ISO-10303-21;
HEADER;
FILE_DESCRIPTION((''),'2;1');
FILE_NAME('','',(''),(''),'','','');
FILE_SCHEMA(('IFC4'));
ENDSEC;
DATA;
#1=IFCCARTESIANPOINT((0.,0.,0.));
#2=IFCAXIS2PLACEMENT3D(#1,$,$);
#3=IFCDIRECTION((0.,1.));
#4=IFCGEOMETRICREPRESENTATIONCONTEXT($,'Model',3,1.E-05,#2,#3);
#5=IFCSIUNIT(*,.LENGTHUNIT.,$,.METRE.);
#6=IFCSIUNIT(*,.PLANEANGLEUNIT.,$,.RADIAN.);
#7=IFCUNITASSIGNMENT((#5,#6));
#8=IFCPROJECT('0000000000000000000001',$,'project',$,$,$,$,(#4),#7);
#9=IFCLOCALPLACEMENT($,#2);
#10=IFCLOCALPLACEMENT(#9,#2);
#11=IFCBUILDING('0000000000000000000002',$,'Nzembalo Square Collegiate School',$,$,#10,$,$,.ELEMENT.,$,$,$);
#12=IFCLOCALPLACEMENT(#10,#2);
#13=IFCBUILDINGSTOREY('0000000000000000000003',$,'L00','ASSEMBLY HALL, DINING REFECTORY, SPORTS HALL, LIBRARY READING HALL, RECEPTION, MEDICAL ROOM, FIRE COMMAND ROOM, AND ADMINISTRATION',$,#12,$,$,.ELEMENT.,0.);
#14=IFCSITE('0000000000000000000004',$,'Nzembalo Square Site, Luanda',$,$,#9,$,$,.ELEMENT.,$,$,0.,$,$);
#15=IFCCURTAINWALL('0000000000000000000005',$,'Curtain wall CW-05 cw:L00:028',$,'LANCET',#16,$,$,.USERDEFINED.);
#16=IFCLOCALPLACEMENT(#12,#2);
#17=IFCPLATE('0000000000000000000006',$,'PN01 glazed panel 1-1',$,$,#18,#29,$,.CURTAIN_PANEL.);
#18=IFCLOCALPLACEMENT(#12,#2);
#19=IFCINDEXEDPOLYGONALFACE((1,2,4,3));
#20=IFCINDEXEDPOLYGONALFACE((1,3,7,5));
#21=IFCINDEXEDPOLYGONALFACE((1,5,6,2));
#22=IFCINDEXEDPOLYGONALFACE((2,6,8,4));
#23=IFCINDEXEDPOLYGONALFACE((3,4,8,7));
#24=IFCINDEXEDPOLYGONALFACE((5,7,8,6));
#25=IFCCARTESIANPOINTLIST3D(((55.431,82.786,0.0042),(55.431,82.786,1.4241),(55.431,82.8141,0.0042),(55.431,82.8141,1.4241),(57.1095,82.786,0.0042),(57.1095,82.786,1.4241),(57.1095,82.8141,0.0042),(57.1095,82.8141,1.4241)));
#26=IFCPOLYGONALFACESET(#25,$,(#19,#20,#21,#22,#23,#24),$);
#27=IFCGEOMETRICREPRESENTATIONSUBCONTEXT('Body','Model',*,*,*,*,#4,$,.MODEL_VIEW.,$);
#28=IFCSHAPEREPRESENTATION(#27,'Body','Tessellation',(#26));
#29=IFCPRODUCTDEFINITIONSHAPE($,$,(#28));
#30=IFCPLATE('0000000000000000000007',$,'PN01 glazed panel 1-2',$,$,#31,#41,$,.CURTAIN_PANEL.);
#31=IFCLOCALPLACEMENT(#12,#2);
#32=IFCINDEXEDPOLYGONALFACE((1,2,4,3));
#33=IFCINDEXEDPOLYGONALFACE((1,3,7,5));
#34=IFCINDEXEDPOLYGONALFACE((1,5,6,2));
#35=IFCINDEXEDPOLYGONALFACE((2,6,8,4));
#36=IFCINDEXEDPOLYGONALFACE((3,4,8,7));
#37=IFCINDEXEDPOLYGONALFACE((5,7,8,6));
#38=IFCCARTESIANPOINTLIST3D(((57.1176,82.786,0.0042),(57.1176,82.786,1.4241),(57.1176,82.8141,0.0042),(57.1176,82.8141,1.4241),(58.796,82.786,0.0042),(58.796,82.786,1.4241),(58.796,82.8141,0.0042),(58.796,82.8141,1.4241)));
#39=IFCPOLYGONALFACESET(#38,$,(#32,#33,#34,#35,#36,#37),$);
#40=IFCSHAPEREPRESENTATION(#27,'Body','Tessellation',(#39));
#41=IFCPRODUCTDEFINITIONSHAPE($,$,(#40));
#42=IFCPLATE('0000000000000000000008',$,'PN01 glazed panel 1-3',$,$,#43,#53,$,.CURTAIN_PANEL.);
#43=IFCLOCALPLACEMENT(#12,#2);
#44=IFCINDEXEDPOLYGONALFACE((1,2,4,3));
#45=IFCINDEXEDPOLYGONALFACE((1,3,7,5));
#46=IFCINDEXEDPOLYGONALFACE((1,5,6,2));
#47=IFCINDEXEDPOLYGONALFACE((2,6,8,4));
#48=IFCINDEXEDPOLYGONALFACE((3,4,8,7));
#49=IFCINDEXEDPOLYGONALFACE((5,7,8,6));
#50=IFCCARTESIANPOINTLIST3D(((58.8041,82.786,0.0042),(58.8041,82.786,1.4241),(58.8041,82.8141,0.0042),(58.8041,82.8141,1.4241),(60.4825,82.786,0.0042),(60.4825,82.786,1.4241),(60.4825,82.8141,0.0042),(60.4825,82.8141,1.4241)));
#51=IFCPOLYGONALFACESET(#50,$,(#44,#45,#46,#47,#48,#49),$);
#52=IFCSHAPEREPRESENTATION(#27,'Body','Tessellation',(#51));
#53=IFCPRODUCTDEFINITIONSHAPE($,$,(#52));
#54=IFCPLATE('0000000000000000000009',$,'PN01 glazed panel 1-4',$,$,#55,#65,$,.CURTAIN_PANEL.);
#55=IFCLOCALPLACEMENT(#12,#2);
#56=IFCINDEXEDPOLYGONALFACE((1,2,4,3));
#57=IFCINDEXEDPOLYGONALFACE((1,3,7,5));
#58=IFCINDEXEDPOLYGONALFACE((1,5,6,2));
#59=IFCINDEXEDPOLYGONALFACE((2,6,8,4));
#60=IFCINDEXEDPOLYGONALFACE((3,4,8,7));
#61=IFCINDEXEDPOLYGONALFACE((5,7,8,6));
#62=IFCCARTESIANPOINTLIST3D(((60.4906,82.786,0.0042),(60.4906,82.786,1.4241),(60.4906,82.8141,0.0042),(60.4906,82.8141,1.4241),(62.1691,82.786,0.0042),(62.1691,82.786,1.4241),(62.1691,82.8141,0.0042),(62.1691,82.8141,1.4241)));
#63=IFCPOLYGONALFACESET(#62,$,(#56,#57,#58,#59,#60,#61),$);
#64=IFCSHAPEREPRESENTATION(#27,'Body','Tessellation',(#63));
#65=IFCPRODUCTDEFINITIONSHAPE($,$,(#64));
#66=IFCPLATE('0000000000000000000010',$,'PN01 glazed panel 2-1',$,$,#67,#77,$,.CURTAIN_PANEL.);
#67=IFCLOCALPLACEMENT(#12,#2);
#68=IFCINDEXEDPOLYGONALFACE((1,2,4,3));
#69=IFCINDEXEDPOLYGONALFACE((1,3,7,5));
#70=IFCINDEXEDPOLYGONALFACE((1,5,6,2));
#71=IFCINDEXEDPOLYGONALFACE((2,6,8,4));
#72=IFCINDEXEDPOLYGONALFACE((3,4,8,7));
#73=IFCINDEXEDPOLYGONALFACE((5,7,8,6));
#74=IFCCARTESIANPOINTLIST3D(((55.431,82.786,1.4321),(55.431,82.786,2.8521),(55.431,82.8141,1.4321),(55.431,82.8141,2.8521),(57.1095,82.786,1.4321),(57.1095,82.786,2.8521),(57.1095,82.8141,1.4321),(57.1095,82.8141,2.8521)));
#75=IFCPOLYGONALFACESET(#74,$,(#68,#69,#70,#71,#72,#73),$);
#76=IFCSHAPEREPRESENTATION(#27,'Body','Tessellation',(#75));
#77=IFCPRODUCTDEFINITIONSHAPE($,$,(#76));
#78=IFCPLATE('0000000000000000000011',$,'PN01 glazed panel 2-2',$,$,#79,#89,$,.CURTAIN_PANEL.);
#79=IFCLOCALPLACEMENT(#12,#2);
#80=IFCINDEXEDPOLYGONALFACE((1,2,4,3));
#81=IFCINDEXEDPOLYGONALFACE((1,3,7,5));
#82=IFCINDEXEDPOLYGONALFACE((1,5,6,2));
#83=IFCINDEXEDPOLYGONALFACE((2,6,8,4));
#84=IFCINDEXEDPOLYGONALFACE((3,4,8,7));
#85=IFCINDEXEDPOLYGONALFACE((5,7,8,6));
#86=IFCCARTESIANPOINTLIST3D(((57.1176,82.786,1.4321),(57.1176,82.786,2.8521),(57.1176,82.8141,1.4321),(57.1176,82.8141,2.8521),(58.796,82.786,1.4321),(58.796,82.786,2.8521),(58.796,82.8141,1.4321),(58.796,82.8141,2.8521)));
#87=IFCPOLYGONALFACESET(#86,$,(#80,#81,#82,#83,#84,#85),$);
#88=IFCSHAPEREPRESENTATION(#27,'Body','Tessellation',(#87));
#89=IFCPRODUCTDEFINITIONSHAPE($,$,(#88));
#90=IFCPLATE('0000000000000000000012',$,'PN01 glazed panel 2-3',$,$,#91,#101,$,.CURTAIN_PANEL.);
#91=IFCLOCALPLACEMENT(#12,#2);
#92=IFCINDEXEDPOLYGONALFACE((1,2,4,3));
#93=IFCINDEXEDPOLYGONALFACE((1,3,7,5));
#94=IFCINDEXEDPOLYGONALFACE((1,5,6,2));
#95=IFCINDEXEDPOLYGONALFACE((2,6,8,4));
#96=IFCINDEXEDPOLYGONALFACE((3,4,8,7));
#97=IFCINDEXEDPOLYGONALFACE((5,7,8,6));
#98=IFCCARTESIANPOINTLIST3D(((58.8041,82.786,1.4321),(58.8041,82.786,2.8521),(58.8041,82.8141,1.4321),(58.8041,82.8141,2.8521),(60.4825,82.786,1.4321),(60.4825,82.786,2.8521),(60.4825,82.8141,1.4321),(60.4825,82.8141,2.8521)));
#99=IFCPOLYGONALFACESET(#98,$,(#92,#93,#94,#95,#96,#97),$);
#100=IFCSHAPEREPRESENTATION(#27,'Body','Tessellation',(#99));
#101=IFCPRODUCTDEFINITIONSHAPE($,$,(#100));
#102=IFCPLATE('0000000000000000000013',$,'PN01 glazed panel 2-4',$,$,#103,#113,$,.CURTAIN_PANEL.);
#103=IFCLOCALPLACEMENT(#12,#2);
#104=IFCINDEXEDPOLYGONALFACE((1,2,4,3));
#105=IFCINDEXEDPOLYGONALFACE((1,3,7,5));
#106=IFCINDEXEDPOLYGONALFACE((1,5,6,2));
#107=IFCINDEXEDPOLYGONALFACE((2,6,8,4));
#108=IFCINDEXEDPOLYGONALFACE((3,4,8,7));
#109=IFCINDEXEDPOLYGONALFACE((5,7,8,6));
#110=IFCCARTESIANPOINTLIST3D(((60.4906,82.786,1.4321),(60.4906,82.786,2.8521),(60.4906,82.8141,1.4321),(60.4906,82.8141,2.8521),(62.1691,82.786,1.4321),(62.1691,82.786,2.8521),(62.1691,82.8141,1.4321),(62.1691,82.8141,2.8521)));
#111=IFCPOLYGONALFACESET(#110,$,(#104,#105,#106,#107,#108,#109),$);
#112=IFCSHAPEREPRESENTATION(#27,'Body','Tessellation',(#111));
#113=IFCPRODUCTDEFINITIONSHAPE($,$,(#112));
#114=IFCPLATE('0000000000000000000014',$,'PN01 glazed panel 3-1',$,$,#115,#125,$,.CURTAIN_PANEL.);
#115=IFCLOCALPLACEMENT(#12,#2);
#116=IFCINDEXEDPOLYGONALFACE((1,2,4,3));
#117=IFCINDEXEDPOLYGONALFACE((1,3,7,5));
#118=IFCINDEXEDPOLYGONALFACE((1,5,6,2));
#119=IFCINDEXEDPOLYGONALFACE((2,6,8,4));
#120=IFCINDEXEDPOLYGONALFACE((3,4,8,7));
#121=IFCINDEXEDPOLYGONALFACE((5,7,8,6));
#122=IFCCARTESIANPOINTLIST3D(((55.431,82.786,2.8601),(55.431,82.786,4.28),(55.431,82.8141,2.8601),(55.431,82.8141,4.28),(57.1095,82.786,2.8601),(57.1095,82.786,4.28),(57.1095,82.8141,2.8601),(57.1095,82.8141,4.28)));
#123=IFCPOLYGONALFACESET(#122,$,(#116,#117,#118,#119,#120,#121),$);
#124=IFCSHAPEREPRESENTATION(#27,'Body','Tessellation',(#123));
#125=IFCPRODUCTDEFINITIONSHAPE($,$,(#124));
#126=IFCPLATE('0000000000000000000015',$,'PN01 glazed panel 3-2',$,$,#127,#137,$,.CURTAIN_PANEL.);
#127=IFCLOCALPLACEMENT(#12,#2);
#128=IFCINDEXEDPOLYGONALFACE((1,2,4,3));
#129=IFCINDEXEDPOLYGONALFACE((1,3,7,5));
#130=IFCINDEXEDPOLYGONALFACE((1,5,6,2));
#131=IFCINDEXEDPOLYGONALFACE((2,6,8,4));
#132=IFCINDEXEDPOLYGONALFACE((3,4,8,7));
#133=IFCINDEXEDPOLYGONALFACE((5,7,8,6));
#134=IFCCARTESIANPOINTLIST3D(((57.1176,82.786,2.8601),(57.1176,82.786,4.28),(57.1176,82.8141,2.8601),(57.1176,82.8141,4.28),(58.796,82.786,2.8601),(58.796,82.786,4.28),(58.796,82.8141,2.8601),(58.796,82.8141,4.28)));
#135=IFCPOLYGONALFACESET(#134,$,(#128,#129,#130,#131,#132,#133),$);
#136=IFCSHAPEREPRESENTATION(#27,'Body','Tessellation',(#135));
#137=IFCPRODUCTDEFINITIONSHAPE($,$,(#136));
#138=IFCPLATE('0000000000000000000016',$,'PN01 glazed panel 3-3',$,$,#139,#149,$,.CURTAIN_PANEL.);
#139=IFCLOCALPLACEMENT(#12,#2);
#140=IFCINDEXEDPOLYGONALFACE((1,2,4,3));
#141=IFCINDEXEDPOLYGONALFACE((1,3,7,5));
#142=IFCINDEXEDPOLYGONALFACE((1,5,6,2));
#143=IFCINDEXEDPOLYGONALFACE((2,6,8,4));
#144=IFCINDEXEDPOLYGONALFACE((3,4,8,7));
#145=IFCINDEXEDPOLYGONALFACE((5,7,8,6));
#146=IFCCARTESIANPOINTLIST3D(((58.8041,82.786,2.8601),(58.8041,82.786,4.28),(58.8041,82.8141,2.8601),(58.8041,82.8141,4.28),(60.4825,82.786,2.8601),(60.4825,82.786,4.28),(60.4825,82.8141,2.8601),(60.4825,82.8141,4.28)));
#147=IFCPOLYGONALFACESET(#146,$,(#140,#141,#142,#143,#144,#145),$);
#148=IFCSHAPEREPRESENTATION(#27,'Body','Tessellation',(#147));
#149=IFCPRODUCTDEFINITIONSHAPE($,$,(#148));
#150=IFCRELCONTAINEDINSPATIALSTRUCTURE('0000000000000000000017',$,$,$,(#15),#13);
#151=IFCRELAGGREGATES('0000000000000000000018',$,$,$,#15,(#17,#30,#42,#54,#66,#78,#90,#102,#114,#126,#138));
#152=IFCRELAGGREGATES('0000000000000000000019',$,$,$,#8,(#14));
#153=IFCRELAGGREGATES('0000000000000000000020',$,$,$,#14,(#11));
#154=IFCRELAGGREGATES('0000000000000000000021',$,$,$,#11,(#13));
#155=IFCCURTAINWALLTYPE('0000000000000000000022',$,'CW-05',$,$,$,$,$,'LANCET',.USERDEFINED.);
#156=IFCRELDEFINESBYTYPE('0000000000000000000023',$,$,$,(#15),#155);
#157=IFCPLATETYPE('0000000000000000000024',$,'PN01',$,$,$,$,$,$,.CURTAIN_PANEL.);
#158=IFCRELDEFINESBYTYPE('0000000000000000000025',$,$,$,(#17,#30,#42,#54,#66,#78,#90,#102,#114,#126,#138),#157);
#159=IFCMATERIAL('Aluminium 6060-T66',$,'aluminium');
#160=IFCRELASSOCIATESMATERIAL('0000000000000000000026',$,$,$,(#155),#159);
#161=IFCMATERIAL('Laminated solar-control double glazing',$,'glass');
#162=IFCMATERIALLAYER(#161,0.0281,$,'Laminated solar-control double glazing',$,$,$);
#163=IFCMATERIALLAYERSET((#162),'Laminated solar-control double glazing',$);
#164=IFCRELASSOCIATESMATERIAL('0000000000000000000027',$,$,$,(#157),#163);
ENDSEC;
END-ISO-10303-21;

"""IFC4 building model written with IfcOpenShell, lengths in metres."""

from ifc_helpers import new_model, si_unit, direction, frame, origin, origin_2d, place, context, subcontext, project, spatial, rectangle, extrude, material, layer, layer_set, type_object, element, aggregate, save


model = new_model("IFC4")

# Units and contexts
model_context = context("Model", 3, precision=1e-05, world=origin(), true_north=direction((0.0, 1.0)))
body_context = subcontext(model_context, "Body", "Model", "MODEL_VIEW")
ifc_project = project(units=[si_unit("LENGTHUNIT", "METRE"), si_unit("PLANEANGLEUNIT", "RADIAN")], contexts=[model_context])

# Site, building, storey
site_placement = place(None, origin())
site = spatial("IfcSite", under=ifc_project, at=site_placement, Name="Nzembalo Square Site, Luanda", CompositionType="ELEMENT", RefElevation=0.0)
building_placement = place(site_placement, origin())
building = spatial("IfcBuilding", under=site, at=building_placement, Name="Nzembalo Square Collegiate School", CompositionType="ELEMENT")
storey_placement = place(building_placement, origin())
storey = spatial("IfcBuildingStorey", under=building, at=storey_placement, Name="L00", Description="ASSEMBLY HALL, DINING REFECTORY, SPORTS HALL, LIBRARY READING HALL, RECEPTION, MEDICAL ROOM, FIRE COMMAND ROOM, AND ADMINISTRATION", CompositionType="ELEMENT", Elevation=0.0)

# Curtain wall, plates
ifc_material_1 = material(Name="Aluminium 6060-T66", Category="aluminium")
curtain_wall_type = type_object("IfcCurtainWallType", Name="CW-05", ElementType="LANCET", PredefinedType="USERDEFINED", material=ifc_material_1)
curtain_wall_placement = place(storey_placement, origin())
curtain_wall = element("IfcCurtainWall", 1, at=curtain_wall_placement, inside=storey, type_object=curtain_wall_type, Name="Curtain wall CW-05 cw:L00:028", ObjectType="LANCET", PredefinedType="USERDEFINED")
ifc_material_2 = material(Name="Laminated solar-control double glazing", Category="glass")
ifc_layer = layer(ifc_material_2, 0.0281, Name="Laminated solar-control double glazing")
ifc_layer_set = layer_set([ifc_layer], Name="Laminated solar-control double glazing")
plate_type = type_object("IfcPlateType", Name="PN01", PredefinedType="CURTAIN_PANEL", material=ifc_layer_set)
plate_1_placement = place(storey_placement, frame((56.2703, 82.8, 0.0042), z_axis=(0.0, 0.0, 1.0), x_axis=(1.0, 0.0, 0.0)))
plate_1 = element("IfcPlate", 2, at=plate_1_placement, type_object=plate_type, Name="PN01 glazed panel 1-1", PredefinedType="CURTAIN_PANEL", context=body_context, shape_type="SweptSolid", body=[
    extrude(rectangle(XDim=1.6785, YDim=0.0281, at=origin_2d()), origin(), (0.0, 0.0, 1.0), 1.4199),
])
plate_2_placement = place(storey_placement, frame((57.9568, 82.8, 0.0042), z_axis=(0.0, 0.0, 1.0), x_axis=(1.0, 0.0, 0.0)))
plate_2 = element("IfcPlate", 3, at=plate_2_placement, type_object=plate_type, Name="PN01 glazed panel 1-2", PredefinedType="CURTAIN_PANEL", context=body_context, shape_type="SweptSolid", body=[
    extrude(rectangle(XDim=1.6785, YDim=0.0281, at=origin_2d()), origin(), (0.0, 0.0, 1.0), 1.4199),
])
plate_3_placement = place(storey_placement, frame((59.6433, 82.8, 0.0042), z_axis=(0.0, 0.0, 1.0), x_axis=(1.0, 0.0, 0.0)))
plate_3 = element("IfcPlate", 4, at=plate_3_placement, type_object=plate_type, Name="PN01 glazed panel 1-3", PredefinedType="CURTAIN_PANEL", context=body_context, shape_type="SweptSolid", body=[
    extrude(rectangle(XDim=1.6785, YDim=0.0281, at=origin_2d()), origin(), (0.0, 0.0, 1.0), 1.4199),
])
plate_4_placement = place(storey_placement, frame((61.3298, 82.8, 0.0042), z_axis=(0.0, 0.0, 1.0), x_axis=(1.0, 0.0, 0.0)))
plate_4 = element("IfcPlate", 5, at=plate_4_placement, type_object=plate_type, Name="PN01 glazed panel 1-4", PredefinedType="CURTAIN_PANEL", context=body_context, shape_type="SweptSolid", body=[
    extrude(rectangle(XDim=1.6785, YDim=0.0281, at=origin_2d()), origin(), (0.0, 0.0, 1.0), 1.4199),
])
plate_5_placement = place(storey_placement, frame((56.2703, 82.8, 1.4321), z_axis=(0.0, 0.0, 1.0), x_axis=(1.0, 0.0, 0.0)))
plate_5 = element("IfcPlate", 6, at=plate_5_placement, type_object=plate_type, Name="PN01 glazed panel 2-1", PredefinedType="CURTAIN_PANEL", context=body_context, shape_type="SweptSolid", body=[
    extrude(rectangle(XDim=1.6785, YDim=0.0281, at=origin_2d()), origin(), (0.0, 0.0, 1.0), 1.4199),
])
plate_6_placement = place(storey_placement, frame((57.9568, 82.8, 1.4321), z_axis=(0.0, 0.0, 1.0), x_axis=(1.0, 0.0, 0.0)))
plate_6 = element("IfcPlate", 7, at=plate_6_placement, type_object=plate_type, Name="PN01 glazed panel 2-2", PredefinedType="CURTAIN_PANEL", context=body_context, shape_type="SweptSolid", body=[
    extrude(rectangle(XDim=1.6785, YDim=0.0281, at=origin_2d()), origin(), (0.0, 0.0, 1.0), 1.4199),
])
plate_7_placement = place(storey_placement, frame((59.6433, 82.8, 1.4321), z_axis=(0.0, 0.0, 1.0), x_axis=(1.0, 0.0, 0.0)))
plate_7 = element("IfcPlate", 8, at=plate_7_placement, type_object=plate_type, Name="PN01 glazed panel 2-3", PredefinedType="CURTAIN_PANEL", context=body_context, shape_type="SweptSolid", body=[
    extrude(rectangle(XDim=1.6785, YDim=0.0281, at=origin_2d()), origin(), (0.0, 0.0, 1.0), 1.4199),
])
plate_8_placement = place(storey_placement, frame((61.3298, 82.8, 1.4321), z_axis=(0.0, 0.0, 1.0), x_axis=(1.0, 0.0, 0.0)))
plate_8 = element("IfcPlate", 9, at=plate_8_placement, type_object=plate_type, Name="PN01 glazed panel 2-4", PredefinedType="CURTAIN_PANEL", context=body_context, shape_type="SweptSolid", body=[
    extrude(rectangle(XDim=1.6785, YDim=0.0281, at=origin_2d()), origin(), (0.0, 0.0, 1.0), 1.4199),
])
plate_9_placement = place(storey_placement, frame((56.2703, 82.8, 2.8601), z_axis=(0.0, 0.0, 1.0), x_axis=(1.0, 0.0, 0.0)))
plate_9 = element("IfcPlate", 10, at=plate_9_placement, type_object=plate_type, Name="PN01 glazed panel 3-1", PredefinedType="CURTAIN_PANEL", context=body_context, shape_type="SweptSolid", body=[
    extrude(rectangle(XDim=1.6785, YDim=0.0281, at=origin_2d()), origin(), (0.0, 0.0, 1.0), 1.4199),
])
plate_10_placement = place(storey_placement, frame((57.9568, 82.8, 2.8601), z_axis=(0.0, 0.0, 1.0), x_axis=(1.0, 0.0, 0.0)))
plate_10 = element("IfcPlate", 11, at=plate_10_placement, type_object=plate_type, Name="PN01 glazed panel 3-2", PredefinedType="CURTAIN_PANEL", context=body_context, shape_type="SweptSolid", body=[
    extrude(rectangle(XDim=1.6785, YDim=0.0281, at=origin_2d()), origin(), (0.0, 0.0, 1.0), 1.4199),
])
plate_11_placement = place(storey_placement, frame((59.6433, 82.8, 2.8601), z_axis=(0.0, 0.0, 1.0), x_axis=(1.0, 0.0, 0.0)))
plate_11 = element("IfcPlate", 12, at=plate_11_placement, type_object=plate_type, Name="PN01 glazed panel 3-3", PredefinedType="CURTAIN_PANEL", context=body_context, shape_type="SweptSolid", body=[
    extrude(rectangle(XDim=1.6785, YDim=0.0281, at=origin_2d()), origin(), (0.0, 0.0, 1.0), 1.4199),
])
aggregate(curtain_wall, [plate_1, plate_2, plate_3, plate_4, plate_5, plate_6, plate_7, plate_8, plate_9, plate_10, plate_11])

save(model, "model.ifc")
